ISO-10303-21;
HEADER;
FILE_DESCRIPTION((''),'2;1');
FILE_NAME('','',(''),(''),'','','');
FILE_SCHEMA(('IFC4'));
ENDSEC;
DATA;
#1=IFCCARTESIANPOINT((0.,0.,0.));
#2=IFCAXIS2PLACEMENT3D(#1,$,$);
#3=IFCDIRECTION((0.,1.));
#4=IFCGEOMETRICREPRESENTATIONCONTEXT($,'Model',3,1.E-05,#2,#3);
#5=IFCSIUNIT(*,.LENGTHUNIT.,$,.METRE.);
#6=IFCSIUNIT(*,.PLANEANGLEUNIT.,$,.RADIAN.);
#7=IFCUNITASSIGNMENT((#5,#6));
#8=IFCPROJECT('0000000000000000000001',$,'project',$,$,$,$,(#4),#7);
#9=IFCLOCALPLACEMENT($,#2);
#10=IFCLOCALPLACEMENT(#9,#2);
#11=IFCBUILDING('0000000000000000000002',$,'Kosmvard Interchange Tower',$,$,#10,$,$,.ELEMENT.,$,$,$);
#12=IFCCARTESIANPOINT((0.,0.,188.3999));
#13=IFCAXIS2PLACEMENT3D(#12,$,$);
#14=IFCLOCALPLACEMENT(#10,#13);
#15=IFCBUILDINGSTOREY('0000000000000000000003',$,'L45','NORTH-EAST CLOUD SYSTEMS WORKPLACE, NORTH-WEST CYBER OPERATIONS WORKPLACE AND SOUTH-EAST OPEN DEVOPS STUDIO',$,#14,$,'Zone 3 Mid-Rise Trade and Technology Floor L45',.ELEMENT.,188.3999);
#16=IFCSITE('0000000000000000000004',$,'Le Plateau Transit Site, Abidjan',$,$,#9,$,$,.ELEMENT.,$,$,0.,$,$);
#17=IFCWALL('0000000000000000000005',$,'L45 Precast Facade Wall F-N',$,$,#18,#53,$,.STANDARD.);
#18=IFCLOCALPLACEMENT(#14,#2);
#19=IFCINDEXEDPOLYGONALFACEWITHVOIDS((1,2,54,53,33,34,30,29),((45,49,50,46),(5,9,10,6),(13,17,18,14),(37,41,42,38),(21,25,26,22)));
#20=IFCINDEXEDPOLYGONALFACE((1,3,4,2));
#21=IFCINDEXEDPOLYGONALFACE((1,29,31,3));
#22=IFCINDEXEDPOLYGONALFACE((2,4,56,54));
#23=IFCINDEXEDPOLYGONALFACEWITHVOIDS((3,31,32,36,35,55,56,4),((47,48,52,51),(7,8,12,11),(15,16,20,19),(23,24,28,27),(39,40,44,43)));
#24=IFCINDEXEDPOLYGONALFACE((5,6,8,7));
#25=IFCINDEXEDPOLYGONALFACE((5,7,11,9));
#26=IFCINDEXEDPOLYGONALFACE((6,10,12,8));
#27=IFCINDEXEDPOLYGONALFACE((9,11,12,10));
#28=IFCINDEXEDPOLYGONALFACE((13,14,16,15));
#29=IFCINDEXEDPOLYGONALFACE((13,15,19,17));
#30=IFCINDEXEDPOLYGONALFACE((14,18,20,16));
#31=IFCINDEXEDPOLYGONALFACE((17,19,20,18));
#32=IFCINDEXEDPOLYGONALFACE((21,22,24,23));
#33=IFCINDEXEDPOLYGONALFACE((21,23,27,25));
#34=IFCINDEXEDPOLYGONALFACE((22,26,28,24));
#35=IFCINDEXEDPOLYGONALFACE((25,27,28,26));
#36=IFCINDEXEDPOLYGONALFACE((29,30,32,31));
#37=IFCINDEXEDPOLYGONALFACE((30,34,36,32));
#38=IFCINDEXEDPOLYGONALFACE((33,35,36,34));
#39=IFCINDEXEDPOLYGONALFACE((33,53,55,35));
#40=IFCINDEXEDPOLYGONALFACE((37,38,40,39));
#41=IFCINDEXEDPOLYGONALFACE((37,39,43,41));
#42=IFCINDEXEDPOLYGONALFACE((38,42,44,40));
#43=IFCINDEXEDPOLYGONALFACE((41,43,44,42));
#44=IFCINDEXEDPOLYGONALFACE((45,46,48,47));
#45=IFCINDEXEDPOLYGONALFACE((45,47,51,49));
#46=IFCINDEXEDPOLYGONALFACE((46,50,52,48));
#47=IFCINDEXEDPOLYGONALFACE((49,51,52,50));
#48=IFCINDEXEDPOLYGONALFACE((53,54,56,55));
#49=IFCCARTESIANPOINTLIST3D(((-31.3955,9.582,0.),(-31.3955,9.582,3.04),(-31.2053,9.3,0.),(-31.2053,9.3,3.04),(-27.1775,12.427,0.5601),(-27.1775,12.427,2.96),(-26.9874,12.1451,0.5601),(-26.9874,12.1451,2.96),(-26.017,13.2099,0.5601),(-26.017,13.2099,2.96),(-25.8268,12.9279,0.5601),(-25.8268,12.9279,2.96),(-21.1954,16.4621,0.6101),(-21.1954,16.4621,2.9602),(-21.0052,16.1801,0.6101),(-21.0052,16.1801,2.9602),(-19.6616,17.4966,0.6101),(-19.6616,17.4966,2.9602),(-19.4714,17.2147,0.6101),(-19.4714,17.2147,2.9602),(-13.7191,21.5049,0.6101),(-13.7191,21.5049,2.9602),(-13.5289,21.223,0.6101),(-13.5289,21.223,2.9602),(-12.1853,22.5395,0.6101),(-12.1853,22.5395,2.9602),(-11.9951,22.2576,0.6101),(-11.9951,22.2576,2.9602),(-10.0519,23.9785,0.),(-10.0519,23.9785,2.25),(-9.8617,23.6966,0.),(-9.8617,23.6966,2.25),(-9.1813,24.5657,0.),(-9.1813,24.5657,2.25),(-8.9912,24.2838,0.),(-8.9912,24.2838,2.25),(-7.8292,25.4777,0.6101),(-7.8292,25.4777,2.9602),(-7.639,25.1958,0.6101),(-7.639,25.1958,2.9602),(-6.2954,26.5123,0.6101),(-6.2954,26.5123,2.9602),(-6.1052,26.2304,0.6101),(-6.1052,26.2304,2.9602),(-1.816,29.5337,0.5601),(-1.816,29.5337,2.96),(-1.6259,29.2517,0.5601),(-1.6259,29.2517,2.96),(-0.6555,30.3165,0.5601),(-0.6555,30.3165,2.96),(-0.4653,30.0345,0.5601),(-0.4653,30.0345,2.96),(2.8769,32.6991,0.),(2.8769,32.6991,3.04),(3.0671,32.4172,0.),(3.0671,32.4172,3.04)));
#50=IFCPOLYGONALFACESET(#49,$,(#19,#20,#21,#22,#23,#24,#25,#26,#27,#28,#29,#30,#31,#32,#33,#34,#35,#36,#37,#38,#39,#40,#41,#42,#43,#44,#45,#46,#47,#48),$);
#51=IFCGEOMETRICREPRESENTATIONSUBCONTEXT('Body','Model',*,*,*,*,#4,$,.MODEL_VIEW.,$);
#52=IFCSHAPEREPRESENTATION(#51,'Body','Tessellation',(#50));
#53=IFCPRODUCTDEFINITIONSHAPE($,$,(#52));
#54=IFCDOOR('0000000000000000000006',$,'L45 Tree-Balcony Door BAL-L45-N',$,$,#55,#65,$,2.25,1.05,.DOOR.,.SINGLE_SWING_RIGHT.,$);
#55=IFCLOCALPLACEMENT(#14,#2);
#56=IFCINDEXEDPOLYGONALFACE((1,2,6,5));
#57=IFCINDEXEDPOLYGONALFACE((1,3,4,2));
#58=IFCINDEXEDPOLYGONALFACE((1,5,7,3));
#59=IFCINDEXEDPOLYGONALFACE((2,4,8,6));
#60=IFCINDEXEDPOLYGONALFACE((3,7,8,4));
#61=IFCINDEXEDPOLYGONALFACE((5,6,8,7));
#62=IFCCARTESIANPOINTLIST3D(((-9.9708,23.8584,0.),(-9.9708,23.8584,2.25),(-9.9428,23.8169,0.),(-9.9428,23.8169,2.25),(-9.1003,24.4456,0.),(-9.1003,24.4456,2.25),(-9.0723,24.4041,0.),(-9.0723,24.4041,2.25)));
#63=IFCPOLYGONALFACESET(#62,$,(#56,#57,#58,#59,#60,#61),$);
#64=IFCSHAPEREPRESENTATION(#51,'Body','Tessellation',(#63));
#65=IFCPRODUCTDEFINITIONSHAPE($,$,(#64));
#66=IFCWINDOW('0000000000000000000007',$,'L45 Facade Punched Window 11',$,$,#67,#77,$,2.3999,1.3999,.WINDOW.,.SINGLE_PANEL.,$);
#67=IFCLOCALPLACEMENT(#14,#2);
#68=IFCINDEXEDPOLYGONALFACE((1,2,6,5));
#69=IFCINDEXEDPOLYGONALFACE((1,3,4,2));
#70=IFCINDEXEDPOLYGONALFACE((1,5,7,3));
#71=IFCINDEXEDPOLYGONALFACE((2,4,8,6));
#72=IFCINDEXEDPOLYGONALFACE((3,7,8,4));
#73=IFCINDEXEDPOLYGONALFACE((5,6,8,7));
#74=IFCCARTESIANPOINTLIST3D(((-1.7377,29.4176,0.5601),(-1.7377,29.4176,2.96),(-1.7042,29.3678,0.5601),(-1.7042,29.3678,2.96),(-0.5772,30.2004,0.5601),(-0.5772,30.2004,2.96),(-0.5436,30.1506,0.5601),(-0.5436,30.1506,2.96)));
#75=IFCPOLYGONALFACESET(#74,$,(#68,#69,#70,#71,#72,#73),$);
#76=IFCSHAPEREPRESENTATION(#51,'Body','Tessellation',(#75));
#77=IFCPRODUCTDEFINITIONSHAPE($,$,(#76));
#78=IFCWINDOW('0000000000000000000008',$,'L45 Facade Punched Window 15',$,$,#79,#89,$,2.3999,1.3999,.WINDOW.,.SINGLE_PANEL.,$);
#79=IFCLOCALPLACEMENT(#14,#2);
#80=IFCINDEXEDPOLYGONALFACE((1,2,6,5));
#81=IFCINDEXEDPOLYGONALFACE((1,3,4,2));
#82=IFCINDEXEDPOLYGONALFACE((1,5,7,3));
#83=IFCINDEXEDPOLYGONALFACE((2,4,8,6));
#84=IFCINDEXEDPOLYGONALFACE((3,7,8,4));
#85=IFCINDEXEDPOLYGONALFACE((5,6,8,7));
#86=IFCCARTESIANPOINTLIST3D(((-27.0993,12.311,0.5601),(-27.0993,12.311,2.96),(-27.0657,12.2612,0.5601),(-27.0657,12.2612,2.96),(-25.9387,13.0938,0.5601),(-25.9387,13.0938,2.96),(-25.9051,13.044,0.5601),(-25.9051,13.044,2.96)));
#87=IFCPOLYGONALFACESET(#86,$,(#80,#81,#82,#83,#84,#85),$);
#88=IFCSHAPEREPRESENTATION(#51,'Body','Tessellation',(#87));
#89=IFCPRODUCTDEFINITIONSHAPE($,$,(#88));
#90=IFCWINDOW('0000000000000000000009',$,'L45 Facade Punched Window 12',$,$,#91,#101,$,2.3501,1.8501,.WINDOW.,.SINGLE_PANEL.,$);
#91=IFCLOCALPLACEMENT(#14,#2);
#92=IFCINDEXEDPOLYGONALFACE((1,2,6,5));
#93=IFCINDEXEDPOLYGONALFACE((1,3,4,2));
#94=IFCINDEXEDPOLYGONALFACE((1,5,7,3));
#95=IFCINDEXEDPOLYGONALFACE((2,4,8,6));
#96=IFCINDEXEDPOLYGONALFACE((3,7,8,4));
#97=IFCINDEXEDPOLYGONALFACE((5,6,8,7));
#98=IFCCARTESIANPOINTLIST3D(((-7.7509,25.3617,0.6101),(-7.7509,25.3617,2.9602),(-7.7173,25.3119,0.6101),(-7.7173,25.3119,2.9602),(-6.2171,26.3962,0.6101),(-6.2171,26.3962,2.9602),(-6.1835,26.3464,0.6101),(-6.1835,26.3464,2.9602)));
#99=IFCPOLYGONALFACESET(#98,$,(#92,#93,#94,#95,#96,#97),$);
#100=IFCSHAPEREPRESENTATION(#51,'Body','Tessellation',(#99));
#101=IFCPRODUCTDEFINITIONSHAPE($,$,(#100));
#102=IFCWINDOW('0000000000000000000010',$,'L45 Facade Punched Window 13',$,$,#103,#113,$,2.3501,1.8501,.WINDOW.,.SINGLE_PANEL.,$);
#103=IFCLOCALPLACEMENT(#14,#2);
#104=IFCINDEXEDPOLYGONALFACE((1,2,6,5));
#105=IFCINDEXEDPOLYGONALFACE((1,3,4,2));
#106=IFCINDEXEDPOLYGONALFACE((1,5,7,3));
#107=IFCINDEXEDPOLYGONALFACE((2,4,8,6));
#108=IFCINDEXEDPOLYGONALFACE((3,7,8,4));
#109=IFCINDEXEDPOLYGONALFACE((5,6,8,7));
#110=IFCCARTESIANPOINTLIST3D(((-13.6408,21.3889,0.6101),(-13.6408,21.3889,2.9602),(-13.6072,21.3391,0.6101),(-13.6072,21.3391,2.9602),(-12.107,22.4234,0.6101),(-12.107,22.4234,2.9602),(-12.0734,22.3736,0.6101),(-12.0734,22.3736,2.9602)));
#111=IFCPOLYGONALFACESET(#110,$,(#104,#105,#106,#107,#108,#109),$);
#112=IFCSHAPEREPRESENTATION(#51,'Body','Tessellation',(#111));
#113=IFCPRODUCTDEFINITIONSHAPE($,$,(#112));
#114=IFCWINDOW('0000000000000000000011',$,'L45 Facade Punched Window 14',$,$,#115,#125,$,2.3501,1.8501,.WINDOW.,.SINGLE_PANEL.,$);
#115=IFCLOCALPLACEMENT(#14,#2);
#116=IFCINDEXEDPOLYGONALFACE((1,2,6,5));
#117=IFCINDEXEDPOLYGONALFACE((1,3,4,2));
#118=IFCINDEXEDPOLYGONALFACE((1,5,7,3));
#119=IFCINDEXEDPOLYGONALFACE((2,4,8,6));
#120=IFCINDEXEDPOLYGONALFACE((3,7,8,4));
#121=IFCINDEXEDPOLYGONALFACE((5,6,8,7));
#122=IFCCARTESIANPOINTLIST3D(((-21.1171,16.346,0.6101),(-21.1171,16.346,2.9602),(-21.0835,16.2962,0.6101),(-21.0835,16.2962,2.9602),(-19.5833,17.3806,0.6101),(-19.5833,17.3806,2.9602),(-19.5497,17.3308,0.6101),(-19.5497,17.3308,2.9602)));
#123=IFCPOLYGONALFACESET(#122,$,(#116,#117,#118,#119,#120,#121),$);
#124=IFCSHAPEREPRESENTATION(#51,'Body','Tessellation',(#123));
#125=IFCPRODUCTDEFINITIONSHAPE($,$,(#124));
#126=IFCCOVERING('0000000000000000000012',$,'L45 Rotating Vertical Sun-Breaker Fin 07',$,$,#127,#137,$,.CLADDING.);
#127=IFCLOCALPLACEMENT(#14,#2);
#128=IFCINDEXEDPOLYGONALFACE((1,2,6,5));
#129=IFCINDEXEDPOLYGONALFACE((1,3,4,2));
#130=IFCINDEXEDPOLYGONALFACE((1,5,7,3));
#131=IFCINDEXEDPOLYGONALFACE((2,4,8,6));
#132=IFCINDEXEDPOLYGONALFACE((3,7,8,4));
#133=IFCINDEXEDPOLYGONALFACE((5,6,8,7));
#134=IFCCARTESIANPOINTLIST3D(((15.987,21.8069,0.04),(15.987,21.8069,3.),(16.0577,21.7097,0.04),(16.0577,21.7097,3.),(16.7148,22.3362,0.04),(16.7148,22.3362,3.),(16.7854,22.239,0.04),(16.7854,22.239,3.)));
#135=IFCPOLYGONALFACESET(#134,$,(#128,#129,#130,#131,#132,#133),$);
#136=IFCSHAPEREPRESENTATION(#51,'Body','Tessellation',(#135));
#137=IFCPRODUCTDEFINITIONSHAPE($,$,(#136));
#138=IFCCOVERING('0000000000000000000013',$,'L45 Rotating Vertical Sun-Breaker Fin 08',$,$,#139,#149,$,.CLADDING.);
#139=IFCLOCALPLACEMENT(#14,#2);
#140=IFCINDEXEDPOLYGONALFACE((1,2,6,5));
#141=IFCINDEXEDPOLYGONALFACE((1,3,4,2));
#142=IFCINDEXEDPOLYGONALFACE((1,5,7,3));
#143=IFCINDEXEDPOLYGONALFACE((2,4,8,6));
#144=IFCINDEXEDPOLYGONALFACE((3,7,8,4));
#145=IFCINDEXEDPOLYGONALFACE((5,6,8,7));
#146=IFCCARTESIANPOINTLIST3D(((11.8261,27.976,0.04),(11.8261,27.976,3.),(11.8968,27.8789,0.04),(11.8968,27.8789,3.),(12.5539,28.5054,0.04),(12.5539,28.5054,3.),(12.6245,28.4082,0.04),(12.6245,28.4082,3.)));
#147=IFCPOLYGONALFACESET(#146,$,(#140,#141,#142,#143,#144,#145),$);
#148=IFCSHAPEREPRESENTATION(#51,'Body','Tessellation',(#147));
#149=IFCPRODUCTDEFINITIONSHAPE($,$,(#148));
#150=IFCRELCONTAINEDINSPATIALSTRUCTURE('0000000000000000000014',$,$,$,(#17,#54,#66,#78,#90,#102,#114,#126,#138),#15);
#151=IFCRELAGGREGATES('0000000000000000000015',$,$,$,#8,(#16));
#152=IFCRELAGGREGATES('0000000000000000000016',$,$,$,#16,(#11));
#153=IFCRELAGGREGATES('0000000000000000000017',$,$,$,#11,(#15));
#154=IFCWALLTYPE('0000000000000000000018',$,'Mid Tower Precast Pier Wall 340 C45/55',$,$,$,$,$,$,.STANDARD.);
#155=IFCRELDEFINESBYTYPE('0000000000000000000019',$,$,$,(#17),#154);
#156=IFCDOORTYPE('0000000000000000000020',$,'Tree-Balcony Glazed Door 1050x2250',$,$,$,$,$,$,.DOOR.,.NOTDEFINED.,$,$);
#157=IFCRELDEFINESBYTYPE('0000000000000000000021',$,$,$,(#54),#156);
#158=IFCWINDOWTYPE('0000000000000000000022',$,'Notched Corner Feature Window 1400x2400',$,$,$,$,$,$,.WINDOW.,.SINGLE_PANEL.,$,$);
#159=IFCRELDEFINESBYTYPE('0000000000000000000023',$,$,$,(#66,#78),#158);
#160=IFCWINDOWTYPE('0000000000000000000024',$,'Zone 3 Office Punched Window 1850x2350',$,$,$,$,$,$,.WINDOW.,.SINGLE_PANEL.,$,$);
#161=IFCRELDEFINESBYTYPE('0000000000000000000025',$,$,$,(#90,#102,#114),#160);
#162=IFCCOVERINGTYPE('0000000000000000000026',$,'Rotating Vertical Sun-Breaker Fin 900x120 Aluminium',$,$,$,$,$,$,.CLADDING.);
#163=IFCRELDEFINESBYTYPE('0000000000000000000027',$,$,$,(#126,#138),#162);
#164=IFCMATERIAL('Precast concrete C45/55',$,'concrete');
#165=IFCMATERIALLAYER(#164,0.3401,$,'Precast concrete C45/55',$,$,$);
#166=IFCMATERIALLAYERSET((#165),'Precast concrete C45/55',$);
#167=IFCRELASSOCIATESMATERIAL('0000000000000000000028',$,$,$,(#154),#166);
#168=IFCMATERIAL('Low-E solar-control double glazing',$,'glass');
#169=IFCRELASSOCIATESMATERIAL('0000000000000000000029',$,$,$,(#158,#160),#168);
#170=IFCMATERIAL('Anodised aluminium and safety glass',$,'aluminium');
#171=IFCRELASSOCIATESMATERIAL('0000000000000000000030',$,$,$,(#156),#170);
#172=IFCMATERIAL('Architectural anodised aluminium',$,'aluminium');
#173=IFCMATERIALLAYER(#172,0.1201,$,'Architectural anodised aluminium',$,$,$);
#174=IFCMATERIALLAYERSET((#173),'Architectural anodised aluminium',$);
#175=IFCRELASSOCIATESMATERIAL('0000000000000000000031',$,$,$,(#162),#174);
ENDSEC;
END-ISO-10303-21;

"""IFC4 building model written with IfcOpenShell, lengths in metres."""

from ifc_helpers import new_model, si_unit, direction, frame, frame_2d, origin, origin_2d, place, context, subcontext, project, spatial, rectangle, extrude, source, transform, mapped, material, layer, layer_set, type_object, element, fill, save


model = new_model("IFC4")

# Units and contexts
model_context = context("Model", 3, precision=1e-05, world=origin(), true_north=direction((0.0, 1.0)))
body_context = subcontext(model_context, "Body", "Model", "MODEL_VIEW")
ifc_project = project(units=[si_unit("LENGTHUNIT", "METRE"), si_unit("PLANEANGLEUNIT", "RADIAN")], contexts=[model_context])

# Site, building, storey
site_placement = place(None, origin())
site = spatial("IfcSite", under=ifc_project, at=site_placement, Name="Le Plateau Transit Site, Abidjan", CompositionType="ELEMENT", RefElevation=0.0)
building_placement = place(site_placement, origin())
building = spatial("IfcBuilding", under=site, at=building_placement, Name="Kosmvard Interchange Tower", CompositionType="ELEMENT")
storey_placement = place(building_placement, frame((0.0, 0.0, 188.3999)))
storey = spatial("IfcBuildingStorey", under=building, at=storey_placement, Name="L45", Description="NORTH-EAST CLOUD SYSTEMS WORKPLACE, NORTH-WEST CYBER OPERATIONS WORKPLACE AND SOUTH-EAST OPEN DEVOPS STUDIO", LongName="Zone 3 Mid-Rise Trade and Technology Floor L45", CompositionType="ELEMENT", Elevation=188.3999)

# Shared definitions
ifc_material_1 = material(Name="Precast concrete C45/55", Category="concrete")

# Shared definitions
ifc_layer_1 = layer(ifc_material_1, 0.3401, Name="Precast concrete C45/55")
ifc_layer_set_1 = layer_set([ifc_layer_1], Name="Precast concrete C45/55")
wall_type = type_object("IfcWallType", Name="Mid Tower Precast Pier Wall 340 C45/55", PredefinedType="STANDARD", material=ifc_layer_set_1)

# Shared definitions
ifc_material_2 = material(Name="Low-E solar-control double glazing", Category="glass")
window_type_1 = type_object("IfcWindowType", Name="Notched Corner Feature Window 1400x2400", PartitioningType="SINGLE_PANEL", PredefinedType="WINDOW", material=ifc_material_2)
shared_shape_1 = source(origin(), body_context, "Body", "SweptSolid", [
    extrude(rectangle(XDim=1.3999, YDim=2.3999, at=frame_2d((0.7, 1.2))), frame((0.0, 0.03, 0.0), z_axis=(0.0, -1.0, 0.0), x_axis=(1.0, 0.0, 0.0)), (0.0, 0.0, 1.0), 0.0601),
])

# Wall, openings, door, windows
wall_1_placement = place(storey_placement, frame((2.9719, 32.5581, 0.0), z_axis=(0.0, 0.0, 1.0), x_axis=(-0.829036, -0.559195, 0.0)))
wall_1 = element("IfcWall", 1, at=wall_1_placement, inside=storey, type_object=wall_type, Name="L45 Precast Facade Wall F-N", PredefinedType="STANDARD", context=body_context, shape_type="SweptSolid", body=[
    extrude(rectangle(XDim=41.3401, YDim=0.3401, at=frame_2d((20.6699, 0.0))), origin(), (0.0, 0.0, 1.0), 3.04),
])
opening_1_placement = place(wall_1_placement, frame((14.5449, 0.0, 0.0)))
opening_1 = element("IfcOpeningElement", 2, at=opening_1_placement, cuts=wall_1, PredefinedType="OPENING", context=body_context, shape_type="SweptSolid", body=[
    extrude(rectangle(XDim=1.05, YDim=2.25, at=frame_2d((0.5249, 1.125))), frame((0.0, 0.1802, 0.0), z_axis=(0.0, -1.0, 0.0), x_axis=(1.0, 0.0, 0.0)), (0.0, 0.0, 1.0), 0.3601),
])
opening_2_placement = place(wall_1_placement, frame((4.2607, 0.0, 0.5601)))
opening_2 = element("IfcOpeningElement", 3, at=opening_2_placement, cuts=wall_1, PredefinedType="OPENING", context=body_context, shape_type="SweptSolid", body=[
    extrude(rectangle(XDim=1.3999, YDim=2.3999, at=frame_2d((0.7, 1.2))), frame((0.0, 0.1802, 0.0), z_axis=(0.0, -1.0, 0.0), x_axis=(1.0, 0.0, 0.0)), (0.0, 0.0, 1.0), 0.3601),
])
opening_3_placement = place(wall_1_placement, frame((11.0637, 0.0, 0.6101)))
opening_3 = element("IfcOpeningElement", 4, at=opening_3_placement, cuts=wall_1, PredefinedType="OPENING", context=body_context, shape_type="SweptSolid", body=[
    extrude(rectangle(XDim=1.8501, YDim=2.3501, at=frame_2d((0.925, 1.175))), frame((0.0, 0.1802, 0.0), z_axis=(0.0, -1.0, 0.0), x_axis=(1.0, 0.0, 0.0)), (0.0, 0.0, 1.0), 0.3601),
])
opening_4_placement = place(wall_1_placement, frame((18.1682, 0.0, 0.6101)))
opening_4 = element("IfcOpeningElement", 5, at=opening_4_placement, cuts=wall_1, PredefinedType="OPENING", context=body_context, shape_type="SweptSolid", body=[
    extrude(rectangle(XDim=1.8501, YDim=2.3501, at=frame_2d((0.925, 1.175))), frame((0.0, 0.1802, 0.0), z_axis=(0.0, -1.0, 0.0), x_axis=(1.0, 0.0, 0.0)), (0.0, 0.0, 1.0), 0.3601),
])
opening_5_placement = place(wall_1_placement, frame((27.1863, 0.0, 0.6101)))
opening_5 = element("IfcOpeningElement", 6, at=opening_5_placement, cuts=wall_1, PredefinedType="OPENING", context=body_context, shape_type="SweptSolid", body=[
    extrude(rectangle(XDim=1.8501, YDim=2.3501, at=frame_2d((0.925, 1.175))), frame((0.0, 0.1802, 0.0), z_axis=(0.0, -1.0, 0.0), x_axis=(1.0, 0.0, 0.0)), (0.0, 0.0, 1.0), 0.3601),
])
opening_6_placement = place(wall_1_placement, frame((34.8523, 0.0, 0.5601)))
opening_6 = element("IfcOpeningElement", 7, at=opening_6_placement, cuts=wall_1, PredefinedType="OPENING", context=body_context, shape_type="SweptSolid", body=[
    extrude(rectangle(XDim=1.3999, YDim=2.3999, at=frame_2d((0.7, 1.2))), frame((0.0, 0.1802, 0.0), z_axis=(0.0, -1.0, 0.0), x_axis=(1.0, 0.0, 0.0)), (0.0, 0.0, 1.0), 0.3601),
])
ifc_material_3 = material(Name="Anodised aluminium and safety glass", Category="aluminium")
door_type = type_object("IfcDoorType", Name="Tree-Balcony Glazed Door 1050x2250", OperationType="NOTDEFINED", PredefinedType="DOOR", material=ifc_material_3)
shared_shape_2 = source(origin(), body_context, "Body", "SweptSolid", [
    extrude(rectangle(XDim=1.05, YDim=2.25, at=frame_2d((0.5249, 1.125))), frame((0.0, 0.0249, 0.0), z_axis=(0.0, -1.0, 0.0), x_axis=(1.0, 0.0, 0.0)), (0.0, 0.0, 1.0), 0.05),
])
door_placement = place(opening_1_placement, origin())
door = element("IfcDoor", 8, at=door_placement, inside=storey, type_object=door_type, Name="L45 Tree-Balcony Door BAL-L45-N", OperationType="SINGLE_SWING_RIGHT", OverallHeight=2.25, OverallWidth=1.05, PredefinedType="DOOR", context=body_context, shape_type="MappedRepresentation", body=[
    mapped(shared_shape_2, transform((0.0, 0.0, 0.0), scale=1.0)),
])
fill(opening_1, door)
window_1_placement = place(opening_2_placement, origin())
window_1 = element("IfcWindow", 9, at=window_1_placement, inside=storey, type_object=window_type_1, Name="L45 Facade Punched Window 11", OverallHeight=2.3999, OverallWidth=1.3999, PartitioningType="SINGLE_PANEL", PredefinedType="WINDOW", context=body_context, shape_type="MappedRepresentation", body=[
    mapped(shared_shape_1, transform((0.0, 0.0, 0.0), scale=1.0)),
])
fill(opening_2, window_1)
window_2_placement = place(opening_6_placement, origin())
window_2 = element("IfcWindow", 10, at=window_2_placement, inside=storey, type_object=window_type_1, Name="L45 Facade Punched Window 15", OverallHeight=2.3999, OverallWidth=1.3999, PartitioningType="SINGLE_PANEL", PredefinedType="WINDOW", context=body_context, shape_type="MappedRepresentation", body=[
    mapped(shared_shape_1, transform((0.0, 0.0, 0.0), scale=1.0)),
])
fill(opening_6, window_2)
window_type_2 = type_object("IfcWindowType", Name="Zone 3 Office Punched Window 1850x2350", PartitioningType="SINGLE_PANEL", PredefinedType="WINDOW", material=ifc_material_2)
shared_shape_3 = source(origin(), body_context, "Body", "SweptSolid", [
    extrude(rectangle(XDim=1.8501, YDim=2.3501, at=frame_2d((0.925, 1.175))), frame((0.0, 0.03, 0.0), z_axis=(0.0, -1.0, 0.0), x_axis=(1.0, 0.0, 0.0)), (0.0, 0.0, 1.0), 0.0601),
])
window_3_placement = place(opening_3_placement, origin())
window_3 = element("IfcWindow", 11, at=window_3_placement, inside=storey, type_object=window_type_2, Name="L45 Facade Punched Window 12", OverallHeight=2.3501, OverallWidth=1.8501, PartitioningType="SINGLE_PANEL", PredefinedType="WINDOW", context=body_context, shape_type="MappedRepresentation", body=[
    mapped(shared_shape_3, transform((0.0, 0.0, 0.0), scale=1.0)),
])
fill(opening_3, window_3)
window_4_placement = place(opening_4_placement, origin())
window_4 = element("IfcWindow", 12, at=window_4_placement, inside=storey, type_object=window_type_2, Name="L45 Facade Punched Window 13", OverallHeight=2.3501, OverallWidth=1.8501, PartitioningType="SINGLE_PANEL", PredefinedType="WINDOW", context=body_context, shape_type="MappedRepresentation", body=[
    mapped(shared_shape_3, transform((0.0, 0.0, 0.0), scale=1.0)),
])
fill(opening_4, window_4)
window_5_placement = place(opening_5_placement, origin())
window_5 = element("IfcWindow", 13, at=window_5_placement, inside=storey, type_object=window_type_2, Name="L45 Facade Punched Window 14", OverallHeight=2.3501, OverallWidth=1.8501, PartitioningType="SINGLE_PANEL", PredefinedType="WINDOW", context=body_context, shape_type="MappedRepresentation", body=[
    mapped(shared_shape_3, transform((0.0, 0.0, 0.0), scale=1.0)),
])
fill(opening_5, window_5)

# Coverings
ifc_material_4 = material(Name="Architectural anodised aluminium", Category="aluminium")
ifc_layer_2 = layer(ifc_material_4, 0.1201, Name="Architectural anodised aluminium")
ifc_layer_set_2 = layer_set([ifc_layer_2], Name="Architectural anodised aluminium")
covering_type = type_object("IfcCoveringType", Name="Rotating Vertical Sun-Breaker Fin 900x120 Aluminium", PredefinedType="CLADDING", material=ifc_layer_set_2)
shared_shape_4 = source(origin(), body_context, "Body", "SweptSolid", [
    extrude(rectangle(XDim=0.8999, YDim=0.1201, at=origin_2d()), origin(), (0.0, 0.0, 1.0), 2.96),
])
for number, where, z_axis, x_axis, name in (
    (14, (16.3862, 22.0229, 0.04), (0.0, 0.0, 1.0), (0.808709, 0.588209, 0.0), "L45 Rotating Vertical Sun-Breaker Fin 07"),
    (15, (12.2253, 28.1921, 0.04), (0.0, 0.0, 1.0), (0.808709, 0.588209, 0.0), "L45 Rotating Vertical Sun-Breaker Fin 08"),
):
    element("IfcCovering", number, at=place(storey_placement, frame(where, z_axis=z_axis, x_axis=x_axis)), inside=storey, type_object=covering_type, Name=name, PredefinedType="CLADDING", context=body_context, shape_type="MappedRepresentation", body=[
        mapped(shared_shape_4, transform((0.0, 0.0, 0.0), scale=1.0)),
    ])

save(model, "model.ifc")
